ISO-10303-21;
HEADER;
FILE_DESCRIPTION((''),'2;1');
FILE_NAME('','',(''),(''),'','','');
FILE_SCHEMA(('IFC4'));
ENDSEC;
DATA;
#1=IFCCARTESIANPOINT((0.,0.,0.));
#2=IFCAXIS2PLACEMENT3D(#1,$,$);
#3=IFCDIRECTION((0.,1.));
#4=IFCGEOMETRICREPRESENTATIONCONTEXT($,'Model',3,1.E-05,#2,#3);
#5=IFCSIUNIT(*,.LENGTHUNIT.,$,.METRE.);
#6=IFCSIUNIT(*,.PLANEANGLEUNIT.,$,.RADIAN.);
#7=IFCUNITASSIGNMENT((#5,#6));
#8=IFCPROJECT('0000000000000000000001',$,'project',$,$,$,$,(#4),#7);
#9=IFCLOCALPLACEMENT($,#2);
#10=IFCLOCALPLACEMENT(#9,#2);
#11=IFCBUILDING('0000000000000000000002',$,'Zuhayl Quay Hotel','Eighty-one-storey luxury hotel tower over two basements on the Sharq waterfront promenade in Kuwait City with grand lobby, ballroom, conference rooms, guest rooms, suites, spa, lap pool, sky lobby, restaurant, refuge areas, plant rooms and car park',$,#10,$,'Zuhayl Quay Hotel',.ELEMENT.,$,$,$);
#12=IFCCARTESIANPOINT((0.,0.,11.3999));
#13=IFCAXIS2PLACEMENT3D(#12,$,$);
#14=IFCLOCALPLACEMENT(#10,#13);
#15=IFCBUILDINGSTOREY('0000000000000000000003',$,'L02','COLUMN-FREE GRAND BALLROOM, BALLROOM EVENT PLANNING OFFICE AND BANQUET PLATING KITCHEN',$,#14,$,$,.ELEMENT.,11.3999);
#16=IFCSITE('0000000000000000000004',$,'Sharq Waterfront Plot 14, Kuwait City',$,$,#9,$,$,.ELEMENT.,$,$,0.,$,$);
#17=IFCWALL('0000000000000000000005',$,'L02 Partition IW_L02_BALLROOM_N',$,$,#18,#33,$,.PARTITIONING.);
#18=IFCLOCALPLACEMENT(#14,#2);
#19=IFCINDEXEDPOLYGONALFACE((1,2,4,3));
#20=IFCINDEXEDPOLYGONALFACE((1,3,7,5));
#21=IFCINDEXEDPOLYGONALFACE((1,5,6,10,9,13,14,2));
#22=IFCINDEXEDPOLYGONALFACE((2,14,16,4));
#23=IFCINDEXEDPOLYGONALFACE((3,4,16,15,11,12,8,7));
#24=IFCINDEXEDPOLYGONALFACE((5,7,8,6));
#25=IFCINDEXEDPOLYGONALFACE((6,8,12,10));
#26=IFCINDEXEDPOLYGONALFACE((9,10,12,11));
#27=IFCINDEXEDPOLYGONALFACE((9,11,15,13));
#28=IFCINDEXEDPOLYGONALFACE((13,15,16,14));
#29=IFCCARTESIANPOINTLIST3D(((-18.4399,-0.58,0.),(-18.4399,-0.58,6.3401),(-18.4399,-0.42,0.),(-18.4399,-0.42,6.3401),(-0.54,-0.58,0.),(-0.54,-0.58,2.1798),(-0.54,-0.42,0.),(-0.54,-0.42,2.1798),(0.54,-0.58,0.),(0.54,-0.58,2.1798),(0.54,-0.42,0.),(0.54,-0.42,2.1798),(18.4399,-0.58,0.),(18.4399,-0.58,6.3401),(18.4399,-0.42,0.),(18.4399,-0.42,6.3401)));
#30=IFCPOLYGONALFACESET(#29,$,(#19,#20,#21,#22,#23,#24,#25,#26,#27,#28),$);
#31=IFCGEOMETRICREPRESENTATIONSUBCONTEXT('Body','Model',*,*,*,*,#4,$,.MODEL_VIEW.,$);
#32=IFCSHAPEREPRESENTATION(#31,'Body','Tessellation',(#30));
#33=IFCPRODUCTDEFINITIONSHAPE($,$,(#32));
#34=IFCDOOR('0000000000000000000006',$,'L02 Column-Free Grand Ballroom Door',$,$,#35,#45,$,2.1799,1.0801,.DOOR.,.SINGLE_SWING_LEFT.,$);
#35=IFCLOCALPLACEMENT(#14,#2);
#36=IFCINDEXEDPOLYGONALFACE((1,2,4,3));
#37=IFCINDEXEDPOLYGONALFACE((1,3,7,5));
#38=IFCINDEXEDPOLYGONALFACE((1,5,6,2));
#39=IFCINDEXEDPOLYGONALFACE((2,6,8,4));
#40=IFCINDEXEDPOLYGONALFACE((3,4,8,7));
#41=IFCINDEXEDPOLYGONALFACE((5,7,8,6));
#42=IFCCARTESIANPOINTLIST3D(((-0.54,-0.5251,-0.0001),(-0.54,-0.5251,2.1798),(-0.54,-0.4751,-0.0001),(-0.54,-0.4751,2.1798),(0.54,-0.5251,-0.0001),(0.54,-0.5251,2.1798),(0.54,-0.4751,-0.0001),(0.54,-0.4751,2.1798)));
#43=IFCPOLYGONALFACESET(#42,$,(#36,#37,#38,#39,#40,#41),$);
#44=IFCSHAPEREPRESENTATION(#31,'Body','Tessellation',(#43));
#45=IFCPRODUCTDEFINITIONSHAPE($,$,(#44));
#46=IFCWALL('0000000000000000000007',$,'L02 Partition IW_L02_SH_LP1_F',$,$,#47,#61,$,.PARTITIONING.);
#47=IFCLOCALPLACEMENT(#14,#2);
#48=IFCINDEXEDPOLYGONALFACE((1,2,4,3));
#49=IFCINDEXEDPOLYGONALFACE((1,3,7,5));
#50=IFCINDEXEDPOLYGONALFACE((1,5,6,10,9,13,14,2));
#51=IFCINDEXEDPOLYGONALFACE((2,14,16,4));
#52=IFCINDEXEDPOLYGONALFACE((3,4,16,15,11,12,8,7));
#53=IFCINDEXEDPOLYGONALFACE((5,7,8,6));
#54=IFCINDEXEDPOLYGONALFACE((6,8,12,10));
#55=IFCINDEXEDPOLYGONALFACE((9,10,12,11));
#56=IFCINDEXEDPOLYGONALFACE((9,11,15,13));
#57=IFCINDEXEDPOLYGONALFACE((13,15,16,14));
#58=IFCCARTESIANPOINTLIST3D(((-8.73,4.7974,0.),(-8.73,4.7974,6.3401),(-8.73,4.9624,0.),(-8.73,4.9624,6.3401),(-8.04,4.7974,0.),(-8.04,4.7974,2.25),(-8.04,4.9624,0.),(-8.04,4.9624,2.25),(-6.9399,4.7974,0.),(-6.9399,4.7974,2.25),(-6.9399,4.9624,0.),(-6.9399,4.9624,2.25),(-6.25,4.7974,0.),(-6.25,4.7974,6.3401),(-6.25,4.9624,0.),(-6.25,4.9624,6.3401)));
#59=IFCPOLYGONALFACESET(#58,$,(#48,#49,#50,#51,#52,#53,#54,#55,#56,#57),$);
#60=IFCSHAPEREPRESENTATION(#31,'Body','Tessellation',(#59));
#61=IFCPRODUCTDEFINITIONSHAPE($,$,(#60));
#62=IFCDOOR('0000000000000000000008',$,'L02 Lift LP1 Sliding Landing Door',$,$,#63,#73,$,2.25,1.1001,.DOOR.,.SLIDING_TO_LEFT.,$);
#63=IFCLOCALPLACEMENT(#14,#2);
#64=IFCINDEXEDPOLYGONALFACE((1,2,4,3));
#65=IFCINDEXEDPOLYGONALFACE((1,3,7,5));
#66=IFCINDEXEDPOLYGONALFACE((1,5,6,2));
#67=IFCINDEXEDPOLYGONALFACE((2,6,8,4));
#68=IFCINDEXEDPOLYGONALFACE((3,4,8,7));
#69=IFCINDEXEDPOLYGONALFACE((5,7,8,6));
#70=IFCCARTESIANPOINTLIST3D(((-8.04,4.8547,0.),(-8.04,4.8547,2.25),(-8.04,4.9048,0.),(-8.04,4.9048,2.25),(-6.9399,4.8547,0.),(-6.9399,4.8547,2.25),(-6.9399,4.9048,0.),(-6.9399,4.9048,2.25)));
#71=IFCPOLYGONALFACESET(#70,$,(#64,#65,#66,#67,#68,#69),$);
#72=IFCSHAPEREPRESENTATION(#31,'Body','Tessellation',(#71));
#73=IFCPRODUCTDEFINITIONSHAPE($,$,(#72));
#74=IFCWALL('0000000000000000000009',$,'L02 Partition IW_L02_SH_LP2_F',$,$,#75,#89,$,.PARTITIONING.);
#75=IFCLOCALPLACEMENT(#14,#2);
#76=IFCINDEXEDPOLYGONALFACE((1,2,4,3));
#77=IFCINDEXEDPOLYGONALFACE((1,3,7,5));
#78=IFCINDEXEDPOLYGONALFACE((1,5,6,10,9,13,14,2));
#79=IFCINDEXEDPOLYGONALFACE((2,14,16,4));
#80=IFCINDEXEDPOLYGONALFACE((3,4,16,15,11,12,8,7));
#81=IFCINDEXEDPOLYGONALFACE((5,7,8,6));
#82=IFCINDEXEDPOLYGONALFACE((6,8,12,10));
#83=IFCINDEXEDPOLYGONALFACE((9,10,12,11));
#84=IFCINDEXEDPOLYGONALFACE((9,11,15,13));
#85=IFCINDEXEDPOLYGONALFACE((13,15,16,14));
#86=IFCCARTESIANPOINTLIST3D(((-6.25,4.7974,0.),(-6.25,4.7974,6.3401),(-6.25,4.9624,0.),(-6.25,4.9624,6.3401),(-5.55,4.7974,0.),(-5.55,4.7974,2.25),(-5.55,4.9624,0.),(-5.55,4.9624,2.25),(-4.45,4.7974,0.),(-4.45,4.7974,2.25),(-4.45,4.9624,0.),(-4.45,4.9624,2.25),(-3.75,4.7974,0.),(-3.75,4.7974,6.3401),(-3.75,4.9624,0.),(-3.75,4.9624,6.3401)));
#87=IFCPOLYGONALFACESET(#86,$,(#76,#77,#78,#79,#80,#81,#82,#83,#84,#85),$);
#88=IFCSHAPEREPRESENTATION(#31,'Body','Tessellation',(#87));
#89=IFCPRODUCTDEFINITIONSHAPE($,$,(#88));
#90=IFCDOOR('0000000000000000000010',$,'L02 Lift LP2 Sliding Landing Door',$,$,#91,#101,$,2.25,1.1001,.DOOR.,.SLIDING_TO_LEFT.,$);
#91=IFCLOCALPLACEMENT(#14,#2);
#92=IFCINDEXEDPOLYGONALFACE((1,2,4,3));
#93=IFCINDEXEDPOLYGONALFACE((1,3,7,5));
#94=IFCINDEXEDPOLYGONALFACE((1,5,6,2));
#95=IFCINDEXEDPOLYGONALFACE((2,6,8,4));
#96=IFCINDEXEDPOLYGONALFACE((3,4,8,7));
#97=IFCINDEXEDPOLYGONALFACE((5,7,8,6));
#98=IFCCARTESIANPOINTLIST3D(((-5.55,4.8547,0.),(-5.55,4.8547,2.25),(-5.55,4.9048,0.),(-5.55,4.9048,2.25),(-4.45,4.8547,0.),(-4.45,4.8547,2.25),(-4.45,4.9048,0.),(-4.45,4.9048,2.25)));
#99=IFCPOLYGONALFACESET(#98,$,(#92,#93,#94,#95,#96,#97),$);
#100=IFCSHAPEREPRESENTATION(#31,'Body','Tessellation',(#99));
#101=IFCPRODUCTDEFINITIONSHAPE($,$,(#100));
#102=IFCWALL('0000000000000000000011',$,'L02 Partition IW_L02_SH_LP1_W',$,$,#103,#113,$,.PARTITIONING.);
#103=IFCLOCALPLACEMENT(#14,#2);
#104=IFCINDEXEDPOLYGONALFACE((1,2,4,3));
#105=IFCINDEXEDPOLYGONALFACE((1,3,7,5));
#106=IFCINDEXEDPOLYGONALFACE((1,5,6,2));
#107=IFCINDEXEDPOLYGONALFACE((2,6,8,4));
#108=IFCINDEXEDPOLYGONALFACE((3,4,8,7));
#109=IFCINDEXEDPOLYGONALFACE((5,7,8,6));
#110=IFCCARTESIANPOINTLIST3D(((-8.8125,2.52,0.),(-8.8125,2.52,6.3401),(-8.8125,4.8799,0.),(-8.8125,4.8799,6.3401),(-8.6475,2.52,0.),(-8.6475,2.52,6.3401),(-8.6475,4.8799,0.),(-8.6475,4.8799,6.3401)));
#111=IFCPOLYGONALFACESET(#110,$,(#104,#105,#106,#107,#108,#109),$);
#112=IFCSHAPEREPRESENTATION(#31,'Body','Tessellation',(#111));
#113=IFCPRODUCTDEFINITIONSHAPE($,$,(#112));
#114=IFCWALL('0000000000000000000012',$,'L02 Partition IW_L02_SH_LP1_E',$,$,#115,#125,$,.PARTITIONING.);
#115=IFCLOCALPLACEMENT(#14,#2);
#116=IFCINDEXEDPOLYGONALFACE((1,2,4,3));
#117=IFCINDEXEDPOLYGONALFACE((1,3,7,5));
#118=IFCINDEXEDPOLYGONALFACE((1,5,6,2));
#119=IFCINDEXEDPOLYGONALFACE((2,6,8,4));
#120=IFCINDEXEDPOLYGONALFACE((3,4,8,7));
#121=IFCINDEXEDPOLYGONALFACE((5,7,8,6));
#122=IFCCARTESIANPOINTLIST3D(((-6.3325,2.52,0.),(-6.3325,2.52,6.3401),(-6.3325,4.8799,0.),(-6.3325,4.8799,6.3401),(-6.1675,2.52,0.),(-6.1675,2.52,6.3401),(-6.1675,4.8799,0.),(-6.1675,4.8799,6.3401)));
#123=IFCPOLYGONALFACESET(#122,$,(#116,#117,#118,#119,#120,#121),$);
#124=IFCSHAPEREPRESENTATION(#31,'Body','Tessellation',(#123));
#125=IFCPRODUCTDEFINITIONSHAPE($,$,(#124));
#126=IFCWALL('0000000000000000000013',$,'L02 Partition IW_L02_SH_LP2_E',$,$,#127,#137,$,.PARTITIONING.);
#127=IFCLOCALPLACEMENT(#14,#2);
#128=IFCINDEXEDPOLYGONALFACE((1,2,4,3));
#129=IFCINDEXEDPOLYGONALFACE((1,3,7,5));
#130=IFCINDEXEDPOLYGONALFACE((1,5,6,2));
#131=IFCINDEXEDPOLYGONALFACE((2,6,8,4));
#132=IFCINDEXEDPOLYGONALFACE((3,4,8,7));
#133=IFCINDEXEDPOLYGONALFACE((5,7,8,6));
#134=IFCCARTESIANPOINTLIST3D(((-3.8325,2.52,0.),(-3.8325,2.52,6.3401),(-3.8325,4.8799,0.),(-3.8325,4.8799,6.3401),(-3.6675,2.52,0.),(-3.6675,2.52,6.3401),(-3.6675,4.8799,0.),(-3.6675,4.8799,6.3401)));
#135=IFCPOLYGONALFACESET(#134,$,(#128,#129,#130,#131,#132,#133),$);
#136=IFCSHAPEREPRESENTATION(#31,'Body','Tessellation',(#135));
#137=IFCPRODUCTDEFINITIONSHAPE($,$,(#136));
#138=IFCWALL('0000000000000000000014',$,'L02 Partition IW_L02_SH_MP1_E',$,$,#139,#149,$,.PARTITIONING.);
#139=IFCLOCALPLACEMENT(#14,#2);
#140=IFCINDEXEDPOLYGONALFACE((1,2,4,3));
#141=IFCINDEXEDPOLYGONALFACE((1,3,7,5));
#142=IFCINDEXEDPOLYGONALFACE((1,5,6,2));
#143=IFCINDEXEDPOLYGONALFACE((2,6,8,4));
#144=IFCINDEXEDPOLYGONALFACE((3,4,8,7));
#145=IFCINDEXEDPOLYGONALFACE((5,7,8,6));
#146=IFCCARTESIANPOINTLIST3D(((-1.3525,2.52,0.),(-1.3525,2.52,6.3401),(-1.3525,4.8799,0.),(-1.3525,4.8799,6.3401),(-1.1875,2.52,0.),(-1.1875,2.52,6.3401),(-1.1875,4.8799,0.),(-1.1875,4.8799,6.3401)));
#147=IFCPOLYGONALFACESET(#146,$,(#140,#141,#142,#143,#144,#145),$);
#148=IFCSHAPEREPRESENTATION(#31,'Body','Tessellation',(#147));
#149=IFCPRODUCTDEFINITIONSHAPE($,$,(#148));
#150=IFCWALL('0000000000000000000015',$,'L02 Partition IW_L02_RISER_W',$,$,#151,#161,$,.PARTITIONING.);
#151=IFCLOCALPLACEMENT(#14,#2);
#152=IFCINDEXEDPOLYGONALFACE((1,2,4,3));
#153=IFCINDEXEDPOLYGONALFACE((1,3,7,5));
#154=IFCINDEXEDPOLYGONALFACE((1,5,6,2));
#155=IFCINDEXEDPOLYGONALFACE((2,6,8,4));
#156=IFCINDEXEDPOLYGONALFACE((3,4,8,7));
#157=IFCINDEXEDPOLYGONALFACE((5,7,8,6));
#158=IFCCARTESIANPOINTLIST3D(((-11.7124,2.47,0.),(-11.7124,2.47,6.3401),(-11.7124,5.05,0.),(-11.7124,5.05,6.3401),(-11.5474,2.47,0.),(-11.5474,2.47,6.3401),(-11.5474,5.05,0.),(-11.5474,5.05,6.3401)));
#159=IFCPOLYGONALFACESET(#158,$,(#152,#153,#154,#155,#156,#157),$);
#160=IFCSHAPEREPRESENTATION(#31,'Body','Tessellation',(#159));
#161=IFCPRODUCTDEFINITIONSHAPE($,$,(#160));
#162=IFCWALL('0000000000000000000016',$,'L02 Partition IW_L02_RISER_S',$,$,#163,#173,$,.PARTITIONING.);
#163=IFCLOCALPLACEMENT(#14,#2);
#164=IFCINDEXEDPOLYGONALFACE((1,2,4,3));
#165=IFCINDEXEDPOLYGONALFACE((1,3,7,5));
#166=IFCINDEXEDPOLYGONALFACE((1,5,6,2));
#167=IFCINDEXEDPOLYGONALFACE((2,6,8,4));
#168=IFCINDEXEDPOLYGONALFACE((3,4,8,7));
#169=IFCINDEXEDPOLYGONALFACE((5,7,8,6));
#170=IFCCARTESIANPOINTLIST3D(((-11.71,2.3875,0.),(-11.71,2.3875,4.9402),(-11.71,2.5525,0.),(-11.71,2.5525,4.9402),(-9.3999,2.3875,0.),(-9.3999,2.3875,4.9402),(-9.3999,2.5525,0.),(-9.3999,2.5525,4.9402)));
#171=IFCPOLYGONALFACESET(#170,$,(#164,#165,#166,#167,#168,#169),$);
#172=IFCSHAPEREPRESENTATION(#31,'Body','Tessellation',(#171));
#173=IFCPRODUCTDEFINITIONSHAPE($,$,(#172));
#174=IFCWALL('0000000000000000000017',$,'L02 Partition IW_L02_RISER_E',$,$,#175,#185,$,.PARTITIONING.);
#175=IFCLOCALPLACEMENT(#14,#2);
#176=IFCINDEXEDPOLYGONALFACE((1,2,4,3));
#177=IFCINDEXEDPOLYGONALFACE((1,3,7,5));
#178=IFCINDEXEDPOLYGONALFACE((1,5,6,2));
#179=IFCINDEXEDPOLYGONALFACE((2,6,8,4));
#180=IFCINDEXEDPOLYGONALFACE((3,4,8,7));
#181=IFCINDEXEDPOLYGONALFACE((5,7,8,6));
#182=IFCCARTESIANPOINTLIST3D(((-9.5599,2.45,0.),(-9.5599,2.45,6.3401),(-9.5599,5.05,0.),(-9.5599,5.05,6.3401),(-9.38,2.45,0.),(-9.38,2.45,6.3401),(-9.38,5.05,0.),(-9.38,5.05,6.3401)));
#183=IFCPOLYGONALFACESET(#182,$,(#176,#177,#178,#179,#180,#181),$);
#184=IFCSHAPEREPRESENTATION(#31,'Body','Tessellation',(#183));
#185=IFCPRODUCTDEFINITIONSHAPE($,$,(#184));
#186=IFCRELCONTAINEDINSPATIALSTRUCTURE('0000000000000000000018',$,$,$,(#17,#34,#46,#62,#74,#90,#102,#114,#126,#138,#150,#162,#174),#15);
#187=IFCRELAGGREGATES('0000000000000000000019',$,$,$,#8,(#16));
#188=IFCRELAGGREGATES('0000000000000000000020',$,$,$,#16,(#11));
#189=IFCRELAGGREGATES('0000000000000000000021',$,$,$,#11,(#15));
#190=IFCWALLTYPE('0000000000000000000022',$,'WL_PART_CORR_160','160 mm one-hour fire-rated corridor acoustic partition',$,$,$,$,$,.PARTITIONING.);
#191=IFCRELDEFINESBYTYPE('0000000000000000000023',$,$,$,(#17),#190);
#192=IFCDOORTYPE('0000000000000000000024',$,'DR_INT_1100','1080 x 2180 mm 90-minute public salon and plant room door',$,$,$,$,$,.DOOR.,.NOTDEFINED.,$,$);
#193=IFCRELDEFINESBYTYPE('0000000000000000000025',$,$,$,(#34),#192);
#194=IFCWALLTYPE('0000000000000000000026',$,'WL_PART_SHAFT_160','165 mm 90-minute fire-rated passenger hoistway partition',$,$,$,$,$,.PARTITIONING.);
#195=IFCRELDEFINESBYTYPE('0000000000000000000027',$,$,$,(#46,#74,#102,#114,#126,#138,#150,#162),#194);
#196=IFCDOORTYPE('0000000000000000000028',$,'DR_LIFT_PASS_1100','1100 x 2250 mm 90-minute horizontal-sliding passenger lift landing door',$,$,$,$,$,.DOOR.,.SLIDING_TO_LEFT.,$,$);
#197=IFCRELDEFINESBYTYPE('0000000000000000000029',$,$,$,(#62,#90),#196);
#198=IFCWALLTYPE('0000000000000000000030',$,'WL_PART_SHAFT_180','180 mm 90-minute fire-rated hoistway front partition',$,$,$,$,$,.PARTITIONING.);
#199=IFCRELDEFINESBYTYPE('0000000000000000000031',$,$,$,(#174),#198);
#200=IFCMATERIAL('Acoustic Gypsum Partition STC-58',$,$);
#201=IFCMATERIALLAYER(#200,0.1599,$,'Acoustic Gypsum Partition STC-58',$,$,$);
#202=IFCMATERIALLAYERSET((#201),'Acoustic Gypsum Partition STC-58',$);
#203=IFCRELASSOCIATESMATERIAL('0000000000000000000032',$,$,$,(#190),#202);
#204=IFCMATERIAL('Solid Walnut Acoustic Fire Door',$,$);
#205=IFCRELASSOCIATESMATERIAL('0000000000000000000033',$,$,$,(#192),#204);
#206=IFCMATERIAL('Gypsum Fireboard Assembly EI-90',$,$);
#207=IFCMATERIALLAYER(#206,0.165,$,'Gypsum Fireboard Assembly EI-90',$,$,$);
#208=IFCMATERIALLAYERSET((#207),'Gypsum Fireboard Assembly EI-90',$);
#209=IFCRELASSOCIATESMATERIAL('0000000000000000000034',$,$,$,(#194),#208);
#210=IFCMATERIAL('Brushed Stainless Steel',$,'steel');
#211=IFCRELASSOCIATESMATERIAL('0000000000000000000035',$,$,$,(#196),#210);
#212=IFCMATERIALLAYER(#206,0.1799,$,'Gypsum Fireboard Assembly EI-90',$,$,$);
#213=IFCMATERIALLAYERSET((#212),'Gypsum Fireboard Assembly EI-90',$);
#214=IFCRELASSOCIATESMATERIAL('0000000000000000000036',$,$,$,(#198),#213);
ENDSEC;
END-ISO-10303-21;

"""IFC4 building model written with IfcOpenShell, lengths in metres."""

from ifc_helpers import new_model, si_unit, direction, frame, frame_2d, origin, place, context, subcontext, project, spatial, rectangle, extrude, material, layer, layer_set, type_object, element, fill, save


model = new_model("IFC4")

# Units and contexts
model_context = context("Model", 3, precision=1e-05, world=origin(), true_north=direction((0.0, 1.0)))
body_context = subcontext(model_context, "Body", "Model", "MODEL_VIEW")
ifc_project = project(units=[si_unit("LENGTHUNIT", "METRE"), si_unit("PLANEANGLEUNIT", "RADIAN")], contexts=[model_context])

# Site, building, storey
site_placement = place(None, origin())
site = spatial("IfcSite", under=ifc_project, at=site_placement, Name="Sharq Waterfront Plot 14, Kuwait City", CompositionType="ELEMENT", RefElevation=0.0)
building_placement = place(site_placement, origin())
building = spatial("IfcBuilding", under=site, at=building_placement, Name="Zuhayl Quay Hotel", Description="Eighty-one-storey luxury hotel tower over two basements on the Sharq waterfront promenade in Kuwait City with grand lobby, ballroom, conference rooms, guest rooms, suites, spa, lap pool, sky lobby, restaurant, refuge areas, plant rooms and car park", LongName="Zuhayl Quay Hotel", CompositionType="ELEMENT")
storey_placement = place(building_placement, frame((0.0, 0.0, 11.3999)))
storey = spatial("IfcBuildingStorey", under=building, at=storey_placement, Name="L02", Description="COLUMN-FREE GRAND BALLROOM, BALLROOM EVENT PLANNING OFFICE AND BANQUET PLATING KITCHEN", CompositionType="ELEMENT", Elevation=11.3999)

# Walls, openings, doors
ifc_material_1 = material(Name="Acoustic Gypsum Partition STC-58")
ifc_layer_1 = layer(ifc_material_1, 0.1599, Name="Acoustic Gypsum Partition STC-58")
ifc_layer_set_1 = layer_set([ifc_layer_1], Name="Acoustic Gypsum Partition STC-58")
wall_type_1 = type_object("IfcWallType", Name="WL_PART_CORR_160", Description="160 mm one-hour fire-rated corridor acoustic partition", PredefinedType="PARTITIONING", material=ifc_layer_set_1)
wall_1_placement = place(storey_placement, frame((-18.4399, -0.5, 0.0), z_axis=(0.0, 0.0, 1.0), x_axis=(1.0, 0.0, 0.0)))
wall_1 = element("IfcWall", 1, at=wall_1_placement, inside=storey, type_object=wall_type_1, Name="L02 Partition IW_L02_BALLROOM_N", PredefinedType="PARTITIONING", context=body_context, shape_type="SweptSolid", body=[
    extrude(rectangle(XDim=36.8799, YDim=0.1599, at=frame_2d((18.4399, 0.0))), origin(), (0.0, 0.0, 1.0), 6.3401),
])
opening_1_placement = place(wall_1_placement, frame((17.8999, 0.0, 0.0)))
opening_1 = element("IfcOpeningElement", 2, at=opening_1_placement, cuts=wall_1, PredefinedType="OPENING", context=body_context, shape_type="SweptSolid", body=[
    extrude(rectangle(XDim=1.0801, YDim=2.1799, at=frame_2d((0.54, 1.0898))), frame((0.0, 0.0898, 0.0), z_axis=(0.0, -1.0, 0.0), x_axis=(1.0, 0.0, 0.0)), (0.0, 0.0, 1.0), 0.1799),
])
ifc_material_2 = material(Name="Solid Walnut Acoustic Fire Door")
door_type_1 = type_object("IfcDoorType", Name="DR_INT_1100", Description="1080 x 2180 mm 90-minute public salon and plant room door", OperationType="NOTDEFINED", PredefinedType="DOOR", material=ifc_material_2)
door_1_placement = place(opening_1_placement, origin())
door_1 = element("IfcDoor", 3, at=door_1_placement, inside=storey, type_object=door_type_1, Name="L02 Column-Free Grand Ballroom Door", OperationType="SINGLE_SWING_LEFT", OverallHeight=2.1799, OverallWidth=1.0801, PredefinedType="DOOR", context=body_context, shape_type="SweptSolid", body=[
    extrude(rectangle(XDim=1.0801, YDim=2.1799, at=frame_2d((0.54, 1.0898))), frame((0.0, 0.0249, 0.0), z_axis=(0.0, -1.0, 0.0), x_axis=(1.0, 0.0, 0.0)), (0.0, 0.0, 1.0), 0.05),
])
fill(opening_1, door_1)
ifc_material_3 = material(Name="Gypsum Fireboard Assembly EI-90")
ifc_layer_2 = layer(ifc_material_3, 0.165, Name="Gypsum Fireboard Assembly EI-90")
ifc_layer_set_2 = layer_set([ifc_layer_2], Name="Gypsum Fireboard Assembly EI-90")
wall_type_2 = type_object("IfcWallType", Name="WL_PART_SHAFT_160", Description="165 mm 90-minute fire-rated passenger hoistway partition", PredefinedType="PARTITIONING", material=ifc_layer_set_2)
wall_2_placement = place(storey_placement, frame((-8.73, 4.8799, 0.0), z_axis=(0.0, 0.0, 1.0), x_axis=(1.0, 0.0, 0.0)))
wall_2 = element("IfcWall", 4, at=wall_2_placement, inside=storey, type_object=wall_type_2, Name="L02 Partition IW_L02_SH_LP1_F", PredefinedType="PARTITIONING", context=body_context, shape_type="SweptSolid", body=[
    extrude(rectangle(XDim=2.48, YDim=0.165, at=frame_2d((1.24, 0.0))), origin(), (0.0, 0.0, 1.0), 6.3401),
])
opening_2_placement = place(wall_2_placement, frame((0.6899, 0.0, 0.0)))
opening_2 = element("IfcOpeningElement", 5, at=opening_2_placement, cuts=wall_2, PredefinedType="OPENING", context=body_context, shape_type="SweptSolid", body=[
    extrude(rectangle(XDim=1.1001, YDim=2.25, at=frame_2d((0.55, 1.125))), frame((0.0, 0.0925, 0.0), z_axis=(0.0, -1.0, 0.0), x_axis=(1.0, 0.0, 0.0)), (0.0, 0.0, 1.0), 0.1851),
])
ifc_material_4 = material(Name="Brushed Stainless Steel", Category="steel")
door_type_2 = type_object("IfcDoorType", Name="DR_LIFT_PASS_1100", Description="1100 x 2250 mm 90-minute horizontal-sliding passenger lift landing door", OperationType="SLIDING_TO_LEFT", PredefinedType="DOOR", material=ifc_material_4)
door_2_placement = place(opening_2_placement, origin())
door_2 = element("IfcDoor", 6, at=door_2_placement, inside=storey, type_object=door_type_2, Name="L02 Lift LP1 Sliding Landing Door", OperationType="SLIDING_TO_LEFT", OverallHeight=2.25, OverallWidth=1.1001, PredefinedType="DOOR", context=body_context, shape_type="SweptSolid", body=[
    extrude(rectangle(XDim=1.1001, YDim=2.25, at=frame_2d((0.55, 1.125))), frame((0.0, 0.0249, 0.0), z_axis=(0.0, -1.0, 0.0), x_axis=(1.0, 0.0, 0.0)), (0.0, 0.0, 1.0), 0.05),
])
fill(opening_2, door_2)
wall_3_placement = place(storey_placement, frame((-6.25, 4.8799, 0.0), z_axis=(0.0, 0.0, 1.0), x_axis=(1.0, 0.0, 0.0)))
wall_3 = element("IfcWall", 7, at=wall_3_placement, inside=storey, type_object=wall_type_2, Name="L02 Partition IW_L02_SH_LP2_F", PredefinedType="PARTITIONING", context=body_context, shape_type="SweptSolid", body=[
    extrude(rectangle(XDim=2.5, YDim=0.165, at=frame_2d((1.25, 0.0))), origin(), (0.0, 0.0, 1.0), 6.3401),
])
opening_3_placement = place(wall_3_placement, frame((0.7, 0.0, 0.0)))
opening_3 = element("IfcOpeningElement", 8, at=opening_3_placement, cuts=wall_3, PredefinedType="OPENING", context=body_context, shape_type="SweptSolid", body=[
    extrude(rectangle(XDim=1.1001, YDim=2.25, at=frame_2d((0.55, 1.125))), frame((0.0, 0.0925, 0.0), z_axis=(0.0, -1.0, 0.0), x_axis=(1.0, 0.0, 0.0)), (0.0, 0.0, 1.0), 0.1851),
])
door_3_placement = place(opening_3_placement, origin())
door_3 = element("IfcDoor", 9, at=door_3_placement, inside=storey, type_object=door_type_2, Name="L02 Lift LP2 Sliding Landing Door", OperationType="SLIDING_TO_LEFT", OverallHeight=2.25, OverallWidth=1.1001, PredefinedType="DOOR", context=body_context, shape_type="SweptSolid", body=[
    extrude(rectangle(XDim=1.1001, YDim=2.25, at=frame_2d((0.55, 1.125))), frame((0.0, 0.0249, 0.0), z_axis=(0.0, -1.0, 0.0), x_axis=(1.0, 0.0, 0.0)), (0.0, 0.0, 1.0), 0.05),
])
fill(opening_3, door_3)

# Walls
for number, where, z_axis, x_axis, name in (
    (10, (-8.73, 2.52, 0.0), (0.0, 0.0, 1.0), (0.0, 1.0, 0.0), "L02 Partition IW_L02_SH_LP1_W"),
    (11, (-6.25, 2.52, 0.0), (0.0, 0.0, 1.0), (0.0, 1.0, 0.0), "L02 Partition IW_L02_SH_LP1_E"),
    (12, (-3.75, 2.52, 0.0), (0.0, 0.0, 1.0), (0.0, 1.0, 0.0), "L02 Partition IW_L02_SH_LP2_E"),
    (13, (-1.27, 2.52, 0.0), (0.0, 0.0, 1.0), (0.0, 1.0, 0.0), "L02 Partition IW_L02_SH_MP1_E"),
):
    element("IfcWall", number, at=place(storey_placement, frame(where, z_axis=z_axis, x_axis=x_axis)), inside=storey, type_object=wall_type_2, Name=name, PredefinedType="PARTITIONING", context=body_context, shape_type="SweptSolid", body=[
        extrude(rectangle(XDim=2.3599, YDim=0.165, at=frame_2d((1.1799, 0.0))), origin(), (0.0, 0.0, 1.0), 6.3401),
    ])
wall_4_placement = place(storey_placement, frame((-11.6299, 2.47, 0.0), z_axis=(0.0, 0.0, 1.0), x_axis=(0.0, 1.0, 0.0)))
element("IfcWall", 14, at=wall_4_placement, inside=storey, type_object=wall_type_2, Name="L02 Partition IW_L02_RISER_W", PredefinedType="PARTITIONING", context=body_context, shape_type="SweptSolid", body=[
    extrude(rectangle(XDim=2.5801, YDim=0.165, at=frame_2d((1.29, 0.0))), origin(), (0.0, 0.0, 1.0), 6.3401),
])
wall_5_placement = place(storey_placement, frame((-11.71, 2.47, 0.0), z_axis=(0.0, 0.0, 1.0), x_axis=(1.0, 0.0, 0.0)))
element("IfcWall", 15, at=wall_5_placement, inside=storey, type_object=wall_type_2, Name="L02 Partition IW_L02_RISER_S", PredefinedType="PARTITIONING", context=body_context, shape_type="SweptSolid", body=[
    extrude(rectangle(XDim=2.3101, YDim=0.165, at=frame_2d((1.155, 0.0))), origin(), (0.0, 0.0, 1.0), 4.9402),
])
ifc_layer_3 = layer(ifc_material_3, 0.1799, Name="Gypsum Fireboard Assembly EI-90")
ifc_layer_set_3 = layer_set([ifc_layer_3], Name="Gypsum Fireboard Assembly EI-90")
wall_type_3 = type_object("IfcWallType", Name="WL_PART_SHAFT_180", Description="180 mm 90-minute fire-rated hoistway front partition", PredefinedType="PARTITIONING", material=ifc_layer_set_3)
wall_6_placement = place(storey_placement, frame((-9.47, 2.45, 0.0), z_axis=(0.0, 0.0, 1.0), x_axis=(0.0, 1.0, 0.0)))
element("IfcWall", 16, at=wall_6_placement, inside=storey, type_object=wall_type_3, Name="L02 Partition IW_L02_RISER_E", PredefinedType="PARTITIONING", context=body_context, shape_type="SweptSolid", body=[
    extrude(rectangle(XDim=2.6001, YDim=0.1799, at=frame_2d((1.3, 0.0))), origin(), (0.0, 0.0, 1.0), 6.3401),
])

save(model, "model.ifc")
